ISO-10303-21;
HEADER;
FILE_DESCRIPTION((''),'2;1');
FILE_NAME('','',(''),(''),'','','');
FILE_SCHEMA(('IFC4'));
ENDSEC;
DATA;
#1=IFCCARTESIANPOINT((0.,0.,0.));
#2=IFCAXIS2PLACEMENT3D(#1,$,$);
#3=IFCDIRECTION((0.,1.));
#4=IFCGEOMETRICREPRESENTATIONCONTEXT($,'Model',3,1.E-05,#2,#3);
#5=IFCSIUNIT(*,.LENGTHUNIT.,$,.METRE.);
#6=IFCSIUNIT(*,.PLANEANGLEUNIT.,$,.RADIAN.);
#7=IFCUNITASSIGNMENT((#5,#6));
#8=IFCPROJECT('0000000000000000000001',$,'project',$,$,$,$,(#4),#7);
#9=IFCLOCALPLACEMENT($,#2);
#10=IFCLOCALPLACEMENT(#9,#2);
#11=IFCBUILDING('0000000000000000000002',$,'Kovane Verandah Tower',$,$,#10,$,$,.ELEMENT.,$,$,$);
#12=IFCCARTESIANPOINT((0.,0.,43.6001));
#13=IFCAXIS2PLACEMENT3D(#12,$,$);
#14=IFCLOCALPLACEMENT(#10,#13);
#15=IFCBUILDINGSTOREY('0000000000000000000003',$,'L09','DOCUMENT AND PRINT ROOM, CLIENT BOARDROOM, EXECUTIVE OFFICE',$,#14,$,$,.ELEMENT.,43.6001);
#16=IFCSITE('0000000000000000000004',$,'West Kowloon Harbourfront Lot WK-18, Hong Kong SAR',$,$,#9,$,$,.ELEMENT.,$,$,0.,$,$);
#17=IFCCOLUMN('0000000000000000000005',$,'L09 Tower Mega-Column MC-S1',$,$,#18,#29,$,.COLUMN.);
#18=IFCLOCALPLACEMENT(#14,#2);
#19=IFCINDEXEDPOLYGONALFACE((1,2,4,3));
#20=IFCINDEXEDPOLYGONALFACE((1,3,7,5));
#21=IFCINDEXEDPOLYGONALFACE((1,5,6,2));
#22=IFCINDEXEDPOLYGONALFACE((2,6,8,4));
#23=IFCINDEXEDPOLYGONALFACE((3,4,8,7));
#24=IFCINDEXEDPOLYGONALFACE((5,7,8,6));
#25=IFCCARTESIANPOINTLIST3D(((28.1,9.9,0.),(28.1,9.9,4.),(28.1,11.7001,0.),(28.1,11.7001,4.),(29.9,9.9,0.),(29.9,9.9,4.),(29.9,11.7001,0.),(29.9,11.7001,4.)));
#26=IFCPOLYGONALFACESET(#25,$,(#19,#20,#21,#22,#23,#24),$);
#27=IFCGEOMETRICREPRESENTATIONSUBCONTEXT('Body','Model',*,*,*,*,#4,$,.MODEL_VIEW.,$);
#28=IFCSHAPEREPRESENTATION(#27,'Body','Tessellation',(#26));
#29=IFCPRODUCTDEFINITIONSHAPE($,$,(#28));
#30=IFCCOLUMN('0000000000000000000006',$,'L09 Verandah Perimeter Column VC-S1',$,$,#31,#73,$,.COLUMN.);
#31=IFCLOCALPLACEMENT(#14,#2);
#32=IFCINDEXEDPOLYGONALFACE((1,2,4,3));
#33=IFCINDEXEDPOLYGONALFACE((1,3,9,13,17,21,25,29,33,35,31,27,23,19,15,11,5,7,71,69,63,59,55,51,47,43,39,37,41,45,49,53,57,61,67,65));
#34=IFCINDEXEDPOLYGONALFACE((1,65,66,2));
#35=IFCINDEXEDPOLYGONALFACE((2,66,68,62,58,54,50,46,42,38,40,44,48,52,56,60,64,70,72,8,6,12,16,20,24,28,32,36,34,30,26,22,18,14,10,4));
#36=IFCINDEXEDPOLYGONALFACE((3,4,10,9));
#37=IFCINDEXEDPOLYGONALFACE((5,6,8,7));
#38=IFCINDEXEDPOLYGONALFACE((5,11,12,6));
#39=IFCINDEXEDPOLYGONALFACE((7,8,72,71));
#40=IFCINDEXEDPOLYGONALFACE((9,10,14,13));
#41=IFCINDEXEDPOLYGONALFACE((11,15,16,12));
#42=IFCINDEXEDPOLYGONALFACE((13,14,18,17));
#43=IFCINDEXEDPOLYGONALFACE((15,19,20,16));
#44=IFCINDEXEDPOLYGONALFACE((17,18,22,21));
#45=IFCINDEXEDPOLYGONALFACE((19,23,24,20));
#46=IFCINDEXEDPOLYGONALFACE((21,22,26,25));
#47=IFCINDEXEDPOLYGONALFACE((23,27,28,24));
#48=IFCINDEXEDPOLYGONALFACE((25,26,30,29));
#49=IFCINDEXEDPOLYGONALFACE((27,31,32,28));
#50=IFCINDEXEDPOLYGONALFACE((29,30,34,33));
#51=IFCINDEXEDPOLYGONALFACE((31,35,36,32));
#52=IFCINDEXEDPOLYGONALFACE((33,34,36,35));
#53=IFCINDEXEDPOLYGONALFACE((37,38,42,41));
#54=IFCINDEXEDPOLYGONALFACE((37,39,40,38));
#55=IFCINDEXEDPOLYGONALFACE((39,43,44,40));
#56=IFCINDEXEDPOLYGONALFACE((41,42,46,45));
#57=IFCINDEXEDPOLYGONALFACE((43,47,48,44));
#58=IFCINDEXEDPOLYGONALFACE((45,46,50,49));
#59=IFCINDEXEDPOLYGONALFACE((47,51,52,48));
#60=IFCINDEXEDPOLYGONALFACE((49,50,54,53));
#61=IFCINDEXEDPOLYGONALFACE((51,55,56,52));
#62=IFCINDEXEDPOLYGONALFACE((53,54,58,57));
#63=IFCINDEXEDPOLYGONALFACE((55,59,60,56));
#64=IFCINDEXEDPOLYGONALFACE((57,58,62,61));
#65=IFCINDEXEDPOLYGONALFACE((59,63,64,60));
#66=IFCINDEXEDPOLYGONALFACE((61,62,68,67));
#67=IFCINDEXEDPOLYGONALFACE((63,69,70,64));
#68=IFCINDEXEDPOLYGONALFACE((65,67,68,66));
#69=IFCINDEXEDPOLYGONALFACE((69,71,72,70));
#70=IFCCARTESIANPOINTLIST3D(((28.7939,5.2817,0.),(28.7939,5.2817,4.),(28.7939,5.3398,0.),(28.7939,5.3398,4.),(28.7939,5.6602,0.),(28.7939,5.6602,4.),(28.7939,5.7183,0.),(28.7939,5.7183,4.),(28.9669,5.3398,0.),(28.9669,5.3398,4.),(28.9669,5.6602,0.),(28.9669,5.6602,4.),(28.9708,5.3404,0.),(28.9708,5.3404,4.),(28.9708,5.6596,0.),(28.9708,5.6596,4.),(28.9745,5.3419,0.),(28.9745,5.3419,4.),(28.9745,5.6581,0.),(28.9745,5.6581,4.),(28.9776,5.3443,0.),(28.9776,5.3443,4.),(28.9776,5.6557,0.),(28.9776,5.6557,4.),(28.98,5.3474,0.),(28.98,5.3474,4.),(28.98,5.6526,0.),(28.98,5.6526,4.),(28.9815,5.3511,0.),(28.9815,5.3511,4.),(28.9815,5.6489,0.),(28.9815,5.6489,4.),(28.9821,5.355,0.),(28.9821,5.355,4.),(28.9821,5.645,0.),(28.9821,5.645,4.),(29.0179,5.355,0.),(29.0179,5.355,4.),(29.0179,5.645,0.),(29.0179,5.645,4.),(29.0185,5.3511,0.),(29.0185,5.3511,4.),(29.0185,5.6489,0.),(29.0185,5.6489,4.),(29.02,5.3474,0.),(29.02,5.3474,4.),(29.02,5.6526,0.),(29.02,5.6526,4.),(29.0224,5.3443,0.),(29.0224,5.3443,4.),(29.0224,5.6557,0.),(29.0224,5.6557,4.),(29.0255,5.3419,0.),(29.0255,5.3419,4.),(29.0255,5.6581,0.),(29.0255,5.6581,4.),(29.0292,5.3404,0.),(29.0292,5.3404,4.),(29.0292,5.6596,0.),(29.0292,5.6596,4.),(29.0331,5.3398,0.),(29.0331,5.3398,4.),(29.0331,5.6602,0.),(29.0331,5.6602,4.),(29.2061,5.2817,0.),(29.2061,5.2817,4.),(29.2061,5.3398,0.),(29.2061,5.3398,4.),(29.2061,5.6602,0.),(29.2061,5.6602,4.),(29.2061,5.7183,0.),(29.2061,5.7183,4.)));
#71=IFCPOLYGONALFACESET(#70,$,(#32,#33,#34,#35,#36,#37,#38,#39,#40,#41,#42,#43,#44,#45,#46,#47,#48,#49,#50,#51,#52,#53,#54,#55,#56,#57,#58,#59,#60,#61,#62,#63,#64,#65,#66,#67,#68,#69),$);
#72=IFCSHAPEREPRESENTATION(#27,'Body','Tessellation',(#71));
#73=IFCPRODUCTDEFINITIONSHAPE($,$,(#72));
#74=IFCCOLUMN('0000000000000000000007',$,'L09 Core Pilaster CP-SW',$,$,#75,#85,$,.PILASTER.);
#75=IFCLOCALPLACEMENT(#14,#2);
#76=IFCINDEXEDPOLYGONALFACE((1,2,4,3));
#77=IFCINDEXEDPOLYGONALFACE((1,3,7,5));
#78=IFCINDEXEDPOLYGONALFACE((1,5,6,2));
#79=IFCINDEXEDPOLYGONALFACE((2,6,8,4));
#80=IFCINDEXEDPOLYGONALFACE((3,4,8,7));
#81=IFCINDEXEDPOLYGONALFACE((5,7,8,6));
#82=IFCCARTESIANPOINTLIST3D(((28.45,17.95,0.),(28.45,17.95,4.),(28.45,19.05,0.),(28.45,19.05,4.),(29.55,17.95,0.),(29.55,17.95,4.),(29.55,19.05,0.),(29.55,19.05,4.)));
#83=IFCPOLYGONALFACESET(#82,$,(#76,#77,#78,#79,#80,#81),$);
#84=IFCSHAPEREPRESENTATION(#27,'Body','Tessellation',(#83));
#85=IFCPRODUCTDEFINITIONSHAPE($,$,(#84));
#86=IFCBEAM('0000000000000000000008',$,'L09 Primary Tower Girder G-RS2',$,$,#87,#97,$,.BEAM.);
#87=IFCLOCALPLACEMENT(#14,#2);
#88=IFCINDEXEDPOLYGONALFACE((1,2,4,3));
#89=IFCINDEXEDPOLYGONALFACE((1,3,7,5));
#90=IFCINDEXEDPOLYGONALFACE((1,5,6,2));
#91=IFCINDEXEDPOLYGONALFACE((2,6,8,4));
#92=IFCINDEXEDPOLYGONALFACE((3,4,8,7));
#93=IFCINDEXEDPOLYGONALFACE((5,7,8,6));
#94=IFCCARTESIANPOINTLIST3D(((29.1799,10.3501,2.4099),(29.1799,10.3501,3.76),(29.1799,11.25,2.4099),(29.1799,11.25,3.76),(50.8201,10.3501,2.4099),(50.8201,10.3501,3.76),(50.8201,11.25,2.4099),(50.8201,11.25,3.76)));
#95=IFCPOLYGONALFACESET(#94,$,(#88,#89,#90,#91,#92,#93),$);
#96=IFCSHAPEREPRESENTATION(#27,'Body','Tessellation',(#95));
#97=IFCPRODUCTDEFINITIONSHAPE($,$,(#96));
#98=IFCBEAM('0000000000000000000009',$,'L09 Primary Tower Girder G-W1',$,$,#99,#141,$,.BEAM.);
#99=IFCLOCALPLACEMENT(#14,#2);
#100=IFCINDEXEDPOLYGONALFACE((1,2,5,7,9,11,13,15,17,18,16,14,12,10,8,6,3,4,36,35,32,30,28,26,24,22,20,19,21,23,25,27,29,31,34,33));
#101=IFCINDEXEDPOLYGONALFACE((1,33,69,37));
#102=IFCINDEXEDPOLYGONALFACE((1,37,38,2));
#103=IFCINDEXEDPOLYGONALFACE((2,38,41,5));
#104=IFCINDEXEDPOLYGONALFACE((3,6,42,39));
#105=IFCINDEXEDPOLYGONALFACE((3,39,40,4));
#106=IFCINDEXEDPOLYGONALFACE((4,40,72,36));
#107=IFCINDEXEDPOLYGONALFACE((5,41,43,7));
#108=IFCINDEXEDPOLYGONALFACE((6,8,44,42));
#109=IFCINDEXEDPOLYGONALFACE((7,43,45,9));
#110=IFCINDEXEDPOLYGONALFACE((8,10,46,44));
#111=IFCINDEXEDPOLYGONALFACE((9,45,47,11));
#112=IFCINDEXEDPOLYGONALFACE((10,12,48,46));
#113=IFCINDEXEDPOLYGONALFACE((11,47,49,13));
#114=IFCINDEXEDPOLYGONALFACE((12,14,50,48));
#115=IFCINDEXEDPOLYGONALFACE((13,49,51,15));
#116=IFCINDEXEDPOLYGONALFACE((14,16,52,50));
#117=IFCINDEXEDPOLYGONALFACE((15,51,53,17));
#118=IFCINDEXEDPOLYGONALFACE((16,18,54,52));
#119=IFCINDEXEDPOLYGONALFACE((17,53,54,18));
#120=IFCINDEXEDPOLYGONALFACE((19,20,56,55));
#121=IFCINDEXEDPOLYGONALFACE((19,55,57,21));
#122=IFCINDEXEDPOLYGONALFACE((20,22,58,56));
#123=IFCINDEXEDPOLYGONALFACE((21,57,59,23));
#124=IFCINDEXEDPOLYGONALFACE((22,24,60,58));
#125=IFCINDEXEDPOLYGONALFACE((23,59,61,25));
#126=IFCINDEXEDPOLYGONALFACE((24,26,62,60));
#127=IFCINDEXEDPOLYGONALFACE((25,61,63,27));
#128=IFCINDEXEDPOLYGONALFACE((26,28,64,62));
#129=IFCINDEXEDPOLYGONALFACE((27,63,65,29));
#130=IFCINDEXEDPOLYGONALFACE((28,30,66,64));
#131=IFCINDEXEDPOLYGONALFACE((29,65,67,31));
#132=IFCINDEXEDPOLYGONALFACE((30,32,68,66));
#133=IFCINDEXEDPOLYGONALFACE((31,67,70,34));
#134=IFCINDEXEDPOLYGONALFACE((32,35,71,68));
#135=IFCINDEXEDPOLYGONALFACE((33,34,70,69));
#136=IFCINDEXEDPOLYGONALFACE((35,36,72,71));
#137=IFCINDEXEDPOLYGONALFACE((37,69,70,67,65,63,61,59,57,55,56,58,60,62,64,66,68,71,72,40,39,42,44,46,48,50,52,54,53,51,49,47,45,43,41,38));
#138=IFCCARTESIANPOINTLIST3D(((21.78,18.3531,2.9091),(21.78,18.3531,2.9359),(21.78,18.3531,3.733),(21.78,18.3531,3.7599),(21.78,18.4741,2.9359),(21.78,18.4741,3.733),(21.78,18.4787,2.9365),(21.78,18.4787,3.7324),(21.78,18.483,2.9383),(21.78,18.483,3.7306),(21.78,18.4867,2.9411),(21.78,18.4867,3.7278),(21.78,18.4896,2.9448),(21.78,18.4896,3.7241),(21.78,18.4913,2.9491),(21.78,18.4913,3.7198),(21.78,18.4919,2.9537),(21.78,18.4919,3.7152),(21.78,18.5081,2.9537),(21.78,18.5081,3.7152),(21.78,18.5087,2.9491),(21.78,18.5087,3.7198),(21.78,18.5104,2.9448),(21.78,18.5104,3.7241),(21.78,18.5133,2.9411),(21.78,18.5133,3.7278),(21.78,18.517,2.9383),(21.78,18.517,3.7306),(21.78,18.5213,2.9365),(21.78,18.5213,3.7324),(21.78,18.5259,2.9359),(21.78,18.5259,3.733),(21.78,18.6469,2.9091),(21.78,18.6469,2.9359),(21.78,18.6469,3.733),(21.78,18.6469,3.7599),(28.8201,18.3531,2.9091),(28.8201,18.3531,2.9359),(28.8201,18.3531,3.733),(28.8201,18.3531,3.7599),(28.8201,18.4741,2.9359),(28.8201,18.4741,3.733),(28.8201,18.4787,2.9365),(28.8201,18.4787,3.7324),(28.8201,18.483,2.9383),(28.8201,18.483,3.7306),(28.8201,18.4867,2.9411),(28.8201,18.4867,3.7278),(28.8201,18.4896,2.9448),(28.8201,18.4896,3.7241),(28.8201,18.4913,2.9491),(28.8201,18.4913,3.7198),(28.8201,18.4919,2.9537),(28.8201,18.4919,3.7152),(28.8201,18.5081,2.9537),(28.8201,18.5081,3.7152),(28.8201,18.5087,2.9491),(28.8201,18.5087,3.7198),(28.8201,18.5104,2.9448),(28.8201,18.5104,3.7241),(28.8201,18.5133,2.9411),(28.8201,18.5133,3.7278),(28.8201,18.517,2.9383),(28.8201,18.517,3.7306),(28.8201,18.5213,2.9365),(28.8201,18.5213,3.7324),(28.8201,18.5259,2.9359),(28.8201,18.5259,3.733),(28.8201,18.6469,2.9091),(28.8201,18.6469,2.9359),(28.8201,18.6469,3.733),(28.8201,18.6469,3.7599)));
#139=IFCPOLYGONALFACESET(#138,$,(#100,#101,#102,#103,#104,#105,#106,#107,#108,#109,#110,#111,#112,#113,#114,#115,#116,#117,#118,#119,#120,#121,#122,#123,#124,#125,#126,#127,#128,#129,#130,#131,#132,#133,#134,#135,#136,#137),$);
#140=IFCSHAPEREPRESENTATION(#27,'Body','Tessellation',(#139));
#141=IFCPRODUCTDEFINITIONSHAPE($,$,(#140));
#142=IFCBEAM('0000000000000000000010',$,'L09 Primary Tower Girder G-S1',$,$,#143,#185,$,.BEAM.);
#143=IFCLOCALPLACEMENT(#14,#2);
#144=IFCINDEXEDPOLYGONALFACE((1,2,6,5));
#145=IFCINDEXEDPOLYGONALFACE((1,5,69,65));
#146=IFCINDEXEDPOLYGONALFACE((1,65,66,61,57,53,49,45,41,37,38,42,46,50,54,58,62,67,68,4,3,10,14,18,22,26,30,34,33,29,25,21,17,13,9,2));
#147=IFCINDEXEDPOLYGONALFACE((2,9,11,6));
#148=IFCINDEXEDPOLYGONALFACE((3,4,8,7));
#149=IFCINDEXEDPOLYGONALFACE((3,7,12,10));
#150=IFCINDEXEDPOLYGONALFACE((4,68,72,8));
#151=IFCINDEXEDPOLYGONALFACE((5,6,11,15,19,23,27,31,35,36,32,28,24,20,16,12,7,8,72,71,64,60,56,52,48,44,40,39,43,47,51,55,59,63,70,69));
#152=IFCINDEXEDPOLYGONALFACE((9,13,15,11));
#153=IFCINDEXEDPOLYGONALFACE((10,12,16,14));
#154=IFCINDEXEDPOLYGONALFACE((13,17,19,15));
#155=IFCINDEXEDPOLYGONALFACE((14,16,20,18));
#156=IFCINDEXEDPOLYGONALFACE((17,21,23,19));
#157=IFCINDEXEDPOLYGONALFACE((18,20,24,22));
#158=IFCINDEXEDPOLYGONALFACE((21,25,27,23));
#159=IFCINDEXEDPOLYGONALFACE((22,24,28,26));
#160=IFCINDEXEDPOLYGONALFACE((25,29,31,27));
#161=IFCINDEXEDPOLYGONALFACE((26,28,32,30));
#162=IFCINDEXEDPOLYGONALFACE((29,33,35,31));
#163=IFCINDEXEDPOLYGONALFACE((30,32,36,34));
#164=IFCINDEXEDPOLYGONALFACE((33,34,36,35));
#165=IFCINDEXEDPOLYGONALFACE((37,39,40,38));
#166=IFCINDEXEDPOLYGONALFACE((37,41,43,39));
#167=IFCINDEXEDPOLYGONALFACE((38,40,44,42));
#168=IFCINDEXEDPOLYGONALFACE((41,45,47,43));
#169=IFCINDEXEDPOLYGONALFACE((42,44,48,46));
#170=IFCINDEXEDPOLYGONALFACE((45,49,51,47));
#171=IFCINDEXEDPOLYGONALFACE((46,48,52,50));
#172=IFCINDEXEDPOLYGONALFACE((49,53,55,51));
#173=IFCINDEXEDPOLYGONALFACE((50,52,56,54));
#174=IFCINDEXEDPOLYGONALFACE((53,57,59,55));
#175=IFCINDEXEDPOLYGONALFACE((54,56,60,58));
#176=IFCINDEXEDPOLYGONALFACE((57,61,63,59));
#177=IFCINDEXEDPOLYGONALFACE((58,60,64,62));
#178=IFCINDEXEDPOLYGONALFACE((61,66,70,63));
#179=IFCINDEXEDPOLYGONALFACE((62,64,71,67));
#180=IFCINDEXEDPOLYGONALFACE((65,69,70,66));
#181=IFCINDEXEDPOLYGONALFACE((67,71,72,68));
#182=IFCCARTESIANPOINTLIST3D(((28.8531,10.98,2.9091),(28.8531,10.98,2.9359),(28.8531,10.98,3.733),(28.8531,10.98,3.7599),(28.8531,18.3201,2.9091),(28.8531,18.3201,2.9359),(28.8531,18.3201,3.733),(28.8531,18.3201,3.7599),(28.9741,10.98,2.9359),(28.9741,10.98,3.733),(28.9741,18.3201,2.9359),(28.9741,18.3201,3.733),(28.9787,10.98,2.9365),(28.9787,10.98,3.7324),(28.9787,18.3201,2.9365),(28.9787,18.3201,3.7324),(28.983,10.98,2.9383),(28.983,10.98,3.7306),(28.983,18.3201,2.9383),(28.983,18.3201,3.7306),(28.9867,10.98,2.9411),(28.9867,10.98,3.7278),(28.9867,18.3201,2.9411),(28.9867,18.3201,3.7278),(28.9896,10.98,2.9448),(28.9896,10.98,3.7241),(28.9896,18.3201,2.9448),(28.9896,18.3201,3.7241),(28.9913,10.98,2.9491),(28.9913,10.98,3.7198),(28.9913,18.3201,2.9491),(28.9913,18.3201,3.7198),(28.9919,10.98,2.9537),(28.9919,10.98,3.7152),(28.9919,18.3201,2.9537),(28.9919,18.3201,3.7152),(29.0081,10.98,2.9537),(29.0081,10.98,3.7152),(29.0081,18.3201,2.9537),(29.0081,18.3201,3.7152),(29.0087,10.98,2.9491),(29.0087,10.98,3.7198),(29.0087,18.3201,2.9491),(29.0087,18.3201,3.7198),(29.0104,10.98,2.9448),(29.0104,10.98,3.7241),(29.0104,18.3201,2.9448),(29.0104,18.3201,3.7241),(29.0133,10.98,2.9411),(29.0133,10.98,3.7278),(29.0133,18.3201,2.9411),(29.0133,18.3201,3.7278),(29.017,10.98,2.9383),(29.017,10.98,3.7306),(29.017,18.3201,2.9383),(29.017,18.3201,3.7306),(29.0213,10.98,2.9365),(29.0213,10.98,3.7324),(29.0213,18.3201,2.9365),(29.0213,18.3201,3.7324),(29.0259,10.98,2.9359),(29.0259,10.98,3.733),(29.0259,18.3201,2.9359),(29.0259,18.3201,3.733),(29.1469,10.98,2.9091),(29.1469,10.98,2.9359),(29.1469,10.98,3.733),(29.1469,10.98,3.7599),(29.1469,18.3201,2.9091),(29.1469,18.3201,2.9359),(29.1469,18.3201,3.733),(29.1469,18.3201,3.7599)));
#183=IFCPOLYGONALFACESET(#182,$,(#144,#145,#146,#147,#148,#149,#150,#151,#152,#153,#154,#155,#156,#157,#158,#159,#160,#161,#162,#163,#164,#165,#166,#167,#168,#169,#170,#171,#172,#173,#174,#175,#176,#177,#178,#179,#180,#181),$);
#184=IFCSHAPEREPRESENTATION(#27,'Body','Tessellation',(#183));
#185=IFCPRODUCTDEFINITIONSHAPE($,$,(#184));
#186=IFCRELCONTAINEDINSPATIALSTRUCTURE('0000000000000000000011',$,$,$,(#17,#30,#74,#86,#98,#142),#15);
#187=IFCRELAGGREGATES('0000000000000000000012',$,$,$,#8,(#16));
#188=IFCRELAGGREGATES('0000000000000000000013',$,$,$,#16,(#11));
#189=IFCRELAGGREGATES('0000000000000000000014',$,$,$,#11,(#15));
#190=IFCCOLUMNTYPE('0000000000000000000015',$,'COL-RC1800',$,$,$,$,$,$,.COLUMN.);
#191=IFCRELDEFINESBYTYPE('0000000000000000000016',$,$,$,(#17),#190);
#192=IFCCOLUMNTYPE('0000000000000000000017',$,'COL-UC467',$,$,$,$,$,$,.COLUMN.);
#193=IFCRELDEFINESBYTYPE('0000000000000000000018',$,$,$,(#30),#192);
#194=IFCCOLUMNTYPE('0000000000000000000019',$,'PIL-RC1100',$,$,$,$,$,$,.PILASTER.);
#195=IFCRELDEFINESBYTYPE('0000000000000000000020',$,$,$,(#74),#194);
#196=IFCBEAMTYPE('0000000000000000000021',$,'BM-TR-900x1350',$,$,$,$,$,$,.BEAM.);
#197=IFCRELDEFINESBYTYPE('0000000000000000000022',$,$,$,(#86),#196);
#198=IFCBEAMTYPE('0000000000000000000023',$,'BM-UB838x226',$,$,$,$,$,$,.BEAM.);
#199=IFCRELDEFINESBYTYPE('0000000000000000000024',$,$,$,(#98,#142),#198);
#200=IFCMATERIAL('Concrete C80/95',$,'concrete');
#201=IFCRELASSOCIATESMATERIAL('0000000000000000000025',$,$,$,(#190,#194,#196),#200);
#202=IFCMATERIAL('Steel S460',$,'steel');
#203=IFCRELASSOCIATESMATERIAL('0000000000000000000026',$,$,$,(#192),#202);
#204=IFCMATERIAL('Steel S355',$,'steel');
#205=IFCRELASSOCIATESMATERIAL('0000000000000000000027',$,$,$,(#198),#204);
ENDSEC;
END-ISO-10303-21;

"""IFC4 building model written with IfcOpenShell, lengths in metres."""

from ifc_helpers import new_model, si_unit, direction, frame, origin, origin_2d, place, context, subcontext, project, spatial, rectangle, i_section, extrude, material, material_profile, profile_set, type_object, element, save


model = new_model("IFC4")

# Units and contexts
model_context = context("Model", 3, precision=1e-05, world=origin(), true_north=direction((0.0, 1.0)))
body_context = subcontext(model_context, "Body", "Model", "MODEL_VIEW")
ifc_project = project(units=[si_unit("LENGTHUNIT", "METRE"), si_unit("PLANEANGLEUNIT", "RADIAN")], contexts=[model_context])

# Site, building, storey
site_placement = place(None, origin())
site = spatial("IfcSite", under=ifc_project, at=site_placement, Name="West Kowloon Harbourfront Lot WK-18, Hong Kong SAR", CompositionType="ELEMENT", RefElevation=0.0)
building_placement = place(site_placement, origin())
building = spatial("IfcBuilding", under=site, at=building_placement, Name="Kovane Verandah Tower", CompositionType="ELEMENT")
storey_placement = place(building_placement, frame((0.0, 0.0, 43.6001)))
storey = spatial("IfcBuildingStorey", under=building, at=storey_placement, Name="L09", Description="DOCUMENT AND PRINT ROOM, CLIENT BOARDROOM, EXECUTIVE OFFICE", CompositionType="ELEMENT", Elevation=43.6001)

# Columns
ifc_material_1 = material(Name="Concrete C80/95", Category="concrete")
ifc_material_profile_1 = material_profile(ifc_material_1, rectangle(XDim=1.8, YDim=1.8, at=origin_2d()), Name="RC1800x1800")
ifc_profile_set_1 = profile_set([ifc_material_profile_1], Name="Concrete C80/95")
column_type_1 = type_object("IfcColumnType", Name="COL-RC1800", PredefinedType="COLUMN", material=ifc_profile_set_1)
column_1_placement = place(storey_placement, frame((29.0, 10.8, 0.0), z_axis=(0.0, 0.0, 1.0), x_axis=(1.0, 0.0, 0.0)))
element("IfcColumn", 1, at=column_1_placement, inside=storey, type_object=column_type_1, Name="L09 Tower Mega-Column MC-S1", PredefinedType="COLUMN", context=body_context, shape_type="SweptSolid", body=[
    extrude(rectangle(XDim=1.8, YDim=1.8, at=origin_2d()), origin(), (0.0, 0.0, 1.0), 4.0),
])
ifc_material_2 = material(Name="Steel S460", Category="steel")
ifc_material_profile_2 = material_profile(ifc_material_2, i_section(OverallWidth=0.4121, OverallDepth=0.4365, WebThickness=0.0359, FlangeThickness=0.0581, FilletRadius=0.0151, at=origin_2d()), Name="UC356x406x467")
ifc_profile_set_2 = profile_set([ifc_material_profile_2], Name="Steel S460")
column_type_2 = type_object("IfcColumnType", Name="COL-UC467", PredefinedType="COLUMN", material=ifc_profile_set_2)
column_2_placement = place(storey_placement, frame((29.0, 5.5, 0.0), z_axis=(0.0, 0.0, 1.0), x_axis=(1.0, 0.0, 0.0)))
element("IfcColumn", 2, at=column_2_placement, inside=storey, type_object=column_type_2, Name="L09 Verandah Perimeter Column VC-S1", PredefinedType="COLUMN", context=body_context, shape_type="SweptSolid", body=[
    extrude(i_section(OverallWidth=0.4121, OverallDepth=0.4365, WebThickness=0.0359, FlangeThickness=0.0581, FilletRadius=0.0151, at=origin_2d()), origin(), (0.0, 0.0, 1.0), 4.0),
])
ifc_material_profile_3 = material_profile(ifc_material_1, rectangle(XDim=1.1001, YDim=1.1001, at=origin_2d()), Name="RC1100x1100")
ifc_profile_set_3 = profile_set([ifc_material_profile_3], Name="Concrete C80/95")
column_type_3 = type_object("IfcColumnType", Name="PIL-RC1100", PredefinedType="PILASTER", material=ifc_profile_set_3)
column_3_placement = place(storey_placement, frame((29.0, 18.5, 0.0), z_axis=(0.0, 0.0, 1.0), x_axis=(1.0, 0.0, 0.0)))
element("IfcColumn", 3, at=column_3_placement, inside=storey, type_object=column_type_3, Name="L09 Core Pilaster CP-SW", PredefinedType="PILASTER", context=body_context, shape_type="SweptSolid", body=[
    extrude(rectangle(XDim=1.1001, YDim=1.1001, at=origin_2d()), origin(), (0.0, 0.0, 1.0), 4.0),
])

# Beams
ifc_material_profile_4 = material_profile(ifc_material_1, rectangle(XDim=0.8999, YDim=1.3501, at=origin_2d()), Name="RCB900x1350")
ifc_profile_set_4 = profile_set([ifc_material_profile_4], Name="Concrete C80/95")
beam_type_1 = type_object("IfcBeamType", Name="BM-TR-900x1350", PredefinedType="BEAM", material=ifc_profile_set_4)
beam_1_placement = place(storey_placement, frame((29.1799, 10.8, 3.085), z_axis=(1.0, 0.0, 0.0), x_axis=(0.0, 1.0, 0.0)))
element("IfcBeam", 4, at=beam_1_placement, inside=storey, type_object=beam_type_1, Name="L09 Primary Tower Girder G-RS2", PredefinedType="BEAM", context=body_context, shape_type="SweptSolid", body=[
    extrude(rectangle(XDim=0.8999, YDim=1.3501, at=origin_2d()), origin(), (0.0, 0.0, 1.0), 21.6401),
])
ifc_material_3 = material(Name="Steel S355", Category="steel")
ifc_material_profile_5 = material_profile(ifc_material_3, i_section(OverallWidth=0.2937, OverallDepth=0.8508, WebThickness=0.0161, FlangeThickness=0.0269, FilletRadius=0.0178, at=origin_2d()), Name="UB838x292x226")
ifc_profile_set_5 = profile_set([ifc_material_profile_5], Name="Steel S355")
beam_type_2 = type_object("IfcBeamType", Name="BM-UB838x226", PredefinedType="BEAM", material=ifc_profile_set_5)
beam_2_placement = place(storey_placement, frame((28.8201, 18.5, 3.3345), z_axis=(-1.0, 0.0, 0.0), x_axis=(0.0, -1.0, 0.0)))
element("IfcBeam", 5, at=beam_2_placement, inside=storey, type_object=beam_type_2, Name="L09 Primary Tower Girder G-W1", PredefinedType="BEAM", context=body_context, shape_type="SweptSolid", body=[
    extrude(i_section(OverallWidth=0.2937, OverallDepth=0.8508, WebThickness=0.0161, FlangeThickness=0.0269, FilletRadius=0.0178, at=origin_2d()), origin(), (0.0, 0.0, 1.0), 7.04),
])
beam_3_placement = place(storey_placement, frame((29.0, 18.3201, 3.3345), z_axis=(0.0, -1.0, 0.0), x_axis=(1.0, 0.0, 0.0)))
element("IfcBeam", 6, at=beam_3_placement, inside=storey, type_object=beam_type_2, Name="L09 Primary Tower Girder G-S1", PredefinedType="BEAM", context=body_context, shape_type="SweptSolid", body=[
    extrude(i_section(OverallWidth=0.2937, OverallDepth=0.8508, WebThickness=0.0161, FlangeThickness=0.0269, FilletRadius=0.0178, at=origin_2d()), origin(), (0.0, 0.0, 1.0), 7.3401),
])

save(model, "model.ifc")
